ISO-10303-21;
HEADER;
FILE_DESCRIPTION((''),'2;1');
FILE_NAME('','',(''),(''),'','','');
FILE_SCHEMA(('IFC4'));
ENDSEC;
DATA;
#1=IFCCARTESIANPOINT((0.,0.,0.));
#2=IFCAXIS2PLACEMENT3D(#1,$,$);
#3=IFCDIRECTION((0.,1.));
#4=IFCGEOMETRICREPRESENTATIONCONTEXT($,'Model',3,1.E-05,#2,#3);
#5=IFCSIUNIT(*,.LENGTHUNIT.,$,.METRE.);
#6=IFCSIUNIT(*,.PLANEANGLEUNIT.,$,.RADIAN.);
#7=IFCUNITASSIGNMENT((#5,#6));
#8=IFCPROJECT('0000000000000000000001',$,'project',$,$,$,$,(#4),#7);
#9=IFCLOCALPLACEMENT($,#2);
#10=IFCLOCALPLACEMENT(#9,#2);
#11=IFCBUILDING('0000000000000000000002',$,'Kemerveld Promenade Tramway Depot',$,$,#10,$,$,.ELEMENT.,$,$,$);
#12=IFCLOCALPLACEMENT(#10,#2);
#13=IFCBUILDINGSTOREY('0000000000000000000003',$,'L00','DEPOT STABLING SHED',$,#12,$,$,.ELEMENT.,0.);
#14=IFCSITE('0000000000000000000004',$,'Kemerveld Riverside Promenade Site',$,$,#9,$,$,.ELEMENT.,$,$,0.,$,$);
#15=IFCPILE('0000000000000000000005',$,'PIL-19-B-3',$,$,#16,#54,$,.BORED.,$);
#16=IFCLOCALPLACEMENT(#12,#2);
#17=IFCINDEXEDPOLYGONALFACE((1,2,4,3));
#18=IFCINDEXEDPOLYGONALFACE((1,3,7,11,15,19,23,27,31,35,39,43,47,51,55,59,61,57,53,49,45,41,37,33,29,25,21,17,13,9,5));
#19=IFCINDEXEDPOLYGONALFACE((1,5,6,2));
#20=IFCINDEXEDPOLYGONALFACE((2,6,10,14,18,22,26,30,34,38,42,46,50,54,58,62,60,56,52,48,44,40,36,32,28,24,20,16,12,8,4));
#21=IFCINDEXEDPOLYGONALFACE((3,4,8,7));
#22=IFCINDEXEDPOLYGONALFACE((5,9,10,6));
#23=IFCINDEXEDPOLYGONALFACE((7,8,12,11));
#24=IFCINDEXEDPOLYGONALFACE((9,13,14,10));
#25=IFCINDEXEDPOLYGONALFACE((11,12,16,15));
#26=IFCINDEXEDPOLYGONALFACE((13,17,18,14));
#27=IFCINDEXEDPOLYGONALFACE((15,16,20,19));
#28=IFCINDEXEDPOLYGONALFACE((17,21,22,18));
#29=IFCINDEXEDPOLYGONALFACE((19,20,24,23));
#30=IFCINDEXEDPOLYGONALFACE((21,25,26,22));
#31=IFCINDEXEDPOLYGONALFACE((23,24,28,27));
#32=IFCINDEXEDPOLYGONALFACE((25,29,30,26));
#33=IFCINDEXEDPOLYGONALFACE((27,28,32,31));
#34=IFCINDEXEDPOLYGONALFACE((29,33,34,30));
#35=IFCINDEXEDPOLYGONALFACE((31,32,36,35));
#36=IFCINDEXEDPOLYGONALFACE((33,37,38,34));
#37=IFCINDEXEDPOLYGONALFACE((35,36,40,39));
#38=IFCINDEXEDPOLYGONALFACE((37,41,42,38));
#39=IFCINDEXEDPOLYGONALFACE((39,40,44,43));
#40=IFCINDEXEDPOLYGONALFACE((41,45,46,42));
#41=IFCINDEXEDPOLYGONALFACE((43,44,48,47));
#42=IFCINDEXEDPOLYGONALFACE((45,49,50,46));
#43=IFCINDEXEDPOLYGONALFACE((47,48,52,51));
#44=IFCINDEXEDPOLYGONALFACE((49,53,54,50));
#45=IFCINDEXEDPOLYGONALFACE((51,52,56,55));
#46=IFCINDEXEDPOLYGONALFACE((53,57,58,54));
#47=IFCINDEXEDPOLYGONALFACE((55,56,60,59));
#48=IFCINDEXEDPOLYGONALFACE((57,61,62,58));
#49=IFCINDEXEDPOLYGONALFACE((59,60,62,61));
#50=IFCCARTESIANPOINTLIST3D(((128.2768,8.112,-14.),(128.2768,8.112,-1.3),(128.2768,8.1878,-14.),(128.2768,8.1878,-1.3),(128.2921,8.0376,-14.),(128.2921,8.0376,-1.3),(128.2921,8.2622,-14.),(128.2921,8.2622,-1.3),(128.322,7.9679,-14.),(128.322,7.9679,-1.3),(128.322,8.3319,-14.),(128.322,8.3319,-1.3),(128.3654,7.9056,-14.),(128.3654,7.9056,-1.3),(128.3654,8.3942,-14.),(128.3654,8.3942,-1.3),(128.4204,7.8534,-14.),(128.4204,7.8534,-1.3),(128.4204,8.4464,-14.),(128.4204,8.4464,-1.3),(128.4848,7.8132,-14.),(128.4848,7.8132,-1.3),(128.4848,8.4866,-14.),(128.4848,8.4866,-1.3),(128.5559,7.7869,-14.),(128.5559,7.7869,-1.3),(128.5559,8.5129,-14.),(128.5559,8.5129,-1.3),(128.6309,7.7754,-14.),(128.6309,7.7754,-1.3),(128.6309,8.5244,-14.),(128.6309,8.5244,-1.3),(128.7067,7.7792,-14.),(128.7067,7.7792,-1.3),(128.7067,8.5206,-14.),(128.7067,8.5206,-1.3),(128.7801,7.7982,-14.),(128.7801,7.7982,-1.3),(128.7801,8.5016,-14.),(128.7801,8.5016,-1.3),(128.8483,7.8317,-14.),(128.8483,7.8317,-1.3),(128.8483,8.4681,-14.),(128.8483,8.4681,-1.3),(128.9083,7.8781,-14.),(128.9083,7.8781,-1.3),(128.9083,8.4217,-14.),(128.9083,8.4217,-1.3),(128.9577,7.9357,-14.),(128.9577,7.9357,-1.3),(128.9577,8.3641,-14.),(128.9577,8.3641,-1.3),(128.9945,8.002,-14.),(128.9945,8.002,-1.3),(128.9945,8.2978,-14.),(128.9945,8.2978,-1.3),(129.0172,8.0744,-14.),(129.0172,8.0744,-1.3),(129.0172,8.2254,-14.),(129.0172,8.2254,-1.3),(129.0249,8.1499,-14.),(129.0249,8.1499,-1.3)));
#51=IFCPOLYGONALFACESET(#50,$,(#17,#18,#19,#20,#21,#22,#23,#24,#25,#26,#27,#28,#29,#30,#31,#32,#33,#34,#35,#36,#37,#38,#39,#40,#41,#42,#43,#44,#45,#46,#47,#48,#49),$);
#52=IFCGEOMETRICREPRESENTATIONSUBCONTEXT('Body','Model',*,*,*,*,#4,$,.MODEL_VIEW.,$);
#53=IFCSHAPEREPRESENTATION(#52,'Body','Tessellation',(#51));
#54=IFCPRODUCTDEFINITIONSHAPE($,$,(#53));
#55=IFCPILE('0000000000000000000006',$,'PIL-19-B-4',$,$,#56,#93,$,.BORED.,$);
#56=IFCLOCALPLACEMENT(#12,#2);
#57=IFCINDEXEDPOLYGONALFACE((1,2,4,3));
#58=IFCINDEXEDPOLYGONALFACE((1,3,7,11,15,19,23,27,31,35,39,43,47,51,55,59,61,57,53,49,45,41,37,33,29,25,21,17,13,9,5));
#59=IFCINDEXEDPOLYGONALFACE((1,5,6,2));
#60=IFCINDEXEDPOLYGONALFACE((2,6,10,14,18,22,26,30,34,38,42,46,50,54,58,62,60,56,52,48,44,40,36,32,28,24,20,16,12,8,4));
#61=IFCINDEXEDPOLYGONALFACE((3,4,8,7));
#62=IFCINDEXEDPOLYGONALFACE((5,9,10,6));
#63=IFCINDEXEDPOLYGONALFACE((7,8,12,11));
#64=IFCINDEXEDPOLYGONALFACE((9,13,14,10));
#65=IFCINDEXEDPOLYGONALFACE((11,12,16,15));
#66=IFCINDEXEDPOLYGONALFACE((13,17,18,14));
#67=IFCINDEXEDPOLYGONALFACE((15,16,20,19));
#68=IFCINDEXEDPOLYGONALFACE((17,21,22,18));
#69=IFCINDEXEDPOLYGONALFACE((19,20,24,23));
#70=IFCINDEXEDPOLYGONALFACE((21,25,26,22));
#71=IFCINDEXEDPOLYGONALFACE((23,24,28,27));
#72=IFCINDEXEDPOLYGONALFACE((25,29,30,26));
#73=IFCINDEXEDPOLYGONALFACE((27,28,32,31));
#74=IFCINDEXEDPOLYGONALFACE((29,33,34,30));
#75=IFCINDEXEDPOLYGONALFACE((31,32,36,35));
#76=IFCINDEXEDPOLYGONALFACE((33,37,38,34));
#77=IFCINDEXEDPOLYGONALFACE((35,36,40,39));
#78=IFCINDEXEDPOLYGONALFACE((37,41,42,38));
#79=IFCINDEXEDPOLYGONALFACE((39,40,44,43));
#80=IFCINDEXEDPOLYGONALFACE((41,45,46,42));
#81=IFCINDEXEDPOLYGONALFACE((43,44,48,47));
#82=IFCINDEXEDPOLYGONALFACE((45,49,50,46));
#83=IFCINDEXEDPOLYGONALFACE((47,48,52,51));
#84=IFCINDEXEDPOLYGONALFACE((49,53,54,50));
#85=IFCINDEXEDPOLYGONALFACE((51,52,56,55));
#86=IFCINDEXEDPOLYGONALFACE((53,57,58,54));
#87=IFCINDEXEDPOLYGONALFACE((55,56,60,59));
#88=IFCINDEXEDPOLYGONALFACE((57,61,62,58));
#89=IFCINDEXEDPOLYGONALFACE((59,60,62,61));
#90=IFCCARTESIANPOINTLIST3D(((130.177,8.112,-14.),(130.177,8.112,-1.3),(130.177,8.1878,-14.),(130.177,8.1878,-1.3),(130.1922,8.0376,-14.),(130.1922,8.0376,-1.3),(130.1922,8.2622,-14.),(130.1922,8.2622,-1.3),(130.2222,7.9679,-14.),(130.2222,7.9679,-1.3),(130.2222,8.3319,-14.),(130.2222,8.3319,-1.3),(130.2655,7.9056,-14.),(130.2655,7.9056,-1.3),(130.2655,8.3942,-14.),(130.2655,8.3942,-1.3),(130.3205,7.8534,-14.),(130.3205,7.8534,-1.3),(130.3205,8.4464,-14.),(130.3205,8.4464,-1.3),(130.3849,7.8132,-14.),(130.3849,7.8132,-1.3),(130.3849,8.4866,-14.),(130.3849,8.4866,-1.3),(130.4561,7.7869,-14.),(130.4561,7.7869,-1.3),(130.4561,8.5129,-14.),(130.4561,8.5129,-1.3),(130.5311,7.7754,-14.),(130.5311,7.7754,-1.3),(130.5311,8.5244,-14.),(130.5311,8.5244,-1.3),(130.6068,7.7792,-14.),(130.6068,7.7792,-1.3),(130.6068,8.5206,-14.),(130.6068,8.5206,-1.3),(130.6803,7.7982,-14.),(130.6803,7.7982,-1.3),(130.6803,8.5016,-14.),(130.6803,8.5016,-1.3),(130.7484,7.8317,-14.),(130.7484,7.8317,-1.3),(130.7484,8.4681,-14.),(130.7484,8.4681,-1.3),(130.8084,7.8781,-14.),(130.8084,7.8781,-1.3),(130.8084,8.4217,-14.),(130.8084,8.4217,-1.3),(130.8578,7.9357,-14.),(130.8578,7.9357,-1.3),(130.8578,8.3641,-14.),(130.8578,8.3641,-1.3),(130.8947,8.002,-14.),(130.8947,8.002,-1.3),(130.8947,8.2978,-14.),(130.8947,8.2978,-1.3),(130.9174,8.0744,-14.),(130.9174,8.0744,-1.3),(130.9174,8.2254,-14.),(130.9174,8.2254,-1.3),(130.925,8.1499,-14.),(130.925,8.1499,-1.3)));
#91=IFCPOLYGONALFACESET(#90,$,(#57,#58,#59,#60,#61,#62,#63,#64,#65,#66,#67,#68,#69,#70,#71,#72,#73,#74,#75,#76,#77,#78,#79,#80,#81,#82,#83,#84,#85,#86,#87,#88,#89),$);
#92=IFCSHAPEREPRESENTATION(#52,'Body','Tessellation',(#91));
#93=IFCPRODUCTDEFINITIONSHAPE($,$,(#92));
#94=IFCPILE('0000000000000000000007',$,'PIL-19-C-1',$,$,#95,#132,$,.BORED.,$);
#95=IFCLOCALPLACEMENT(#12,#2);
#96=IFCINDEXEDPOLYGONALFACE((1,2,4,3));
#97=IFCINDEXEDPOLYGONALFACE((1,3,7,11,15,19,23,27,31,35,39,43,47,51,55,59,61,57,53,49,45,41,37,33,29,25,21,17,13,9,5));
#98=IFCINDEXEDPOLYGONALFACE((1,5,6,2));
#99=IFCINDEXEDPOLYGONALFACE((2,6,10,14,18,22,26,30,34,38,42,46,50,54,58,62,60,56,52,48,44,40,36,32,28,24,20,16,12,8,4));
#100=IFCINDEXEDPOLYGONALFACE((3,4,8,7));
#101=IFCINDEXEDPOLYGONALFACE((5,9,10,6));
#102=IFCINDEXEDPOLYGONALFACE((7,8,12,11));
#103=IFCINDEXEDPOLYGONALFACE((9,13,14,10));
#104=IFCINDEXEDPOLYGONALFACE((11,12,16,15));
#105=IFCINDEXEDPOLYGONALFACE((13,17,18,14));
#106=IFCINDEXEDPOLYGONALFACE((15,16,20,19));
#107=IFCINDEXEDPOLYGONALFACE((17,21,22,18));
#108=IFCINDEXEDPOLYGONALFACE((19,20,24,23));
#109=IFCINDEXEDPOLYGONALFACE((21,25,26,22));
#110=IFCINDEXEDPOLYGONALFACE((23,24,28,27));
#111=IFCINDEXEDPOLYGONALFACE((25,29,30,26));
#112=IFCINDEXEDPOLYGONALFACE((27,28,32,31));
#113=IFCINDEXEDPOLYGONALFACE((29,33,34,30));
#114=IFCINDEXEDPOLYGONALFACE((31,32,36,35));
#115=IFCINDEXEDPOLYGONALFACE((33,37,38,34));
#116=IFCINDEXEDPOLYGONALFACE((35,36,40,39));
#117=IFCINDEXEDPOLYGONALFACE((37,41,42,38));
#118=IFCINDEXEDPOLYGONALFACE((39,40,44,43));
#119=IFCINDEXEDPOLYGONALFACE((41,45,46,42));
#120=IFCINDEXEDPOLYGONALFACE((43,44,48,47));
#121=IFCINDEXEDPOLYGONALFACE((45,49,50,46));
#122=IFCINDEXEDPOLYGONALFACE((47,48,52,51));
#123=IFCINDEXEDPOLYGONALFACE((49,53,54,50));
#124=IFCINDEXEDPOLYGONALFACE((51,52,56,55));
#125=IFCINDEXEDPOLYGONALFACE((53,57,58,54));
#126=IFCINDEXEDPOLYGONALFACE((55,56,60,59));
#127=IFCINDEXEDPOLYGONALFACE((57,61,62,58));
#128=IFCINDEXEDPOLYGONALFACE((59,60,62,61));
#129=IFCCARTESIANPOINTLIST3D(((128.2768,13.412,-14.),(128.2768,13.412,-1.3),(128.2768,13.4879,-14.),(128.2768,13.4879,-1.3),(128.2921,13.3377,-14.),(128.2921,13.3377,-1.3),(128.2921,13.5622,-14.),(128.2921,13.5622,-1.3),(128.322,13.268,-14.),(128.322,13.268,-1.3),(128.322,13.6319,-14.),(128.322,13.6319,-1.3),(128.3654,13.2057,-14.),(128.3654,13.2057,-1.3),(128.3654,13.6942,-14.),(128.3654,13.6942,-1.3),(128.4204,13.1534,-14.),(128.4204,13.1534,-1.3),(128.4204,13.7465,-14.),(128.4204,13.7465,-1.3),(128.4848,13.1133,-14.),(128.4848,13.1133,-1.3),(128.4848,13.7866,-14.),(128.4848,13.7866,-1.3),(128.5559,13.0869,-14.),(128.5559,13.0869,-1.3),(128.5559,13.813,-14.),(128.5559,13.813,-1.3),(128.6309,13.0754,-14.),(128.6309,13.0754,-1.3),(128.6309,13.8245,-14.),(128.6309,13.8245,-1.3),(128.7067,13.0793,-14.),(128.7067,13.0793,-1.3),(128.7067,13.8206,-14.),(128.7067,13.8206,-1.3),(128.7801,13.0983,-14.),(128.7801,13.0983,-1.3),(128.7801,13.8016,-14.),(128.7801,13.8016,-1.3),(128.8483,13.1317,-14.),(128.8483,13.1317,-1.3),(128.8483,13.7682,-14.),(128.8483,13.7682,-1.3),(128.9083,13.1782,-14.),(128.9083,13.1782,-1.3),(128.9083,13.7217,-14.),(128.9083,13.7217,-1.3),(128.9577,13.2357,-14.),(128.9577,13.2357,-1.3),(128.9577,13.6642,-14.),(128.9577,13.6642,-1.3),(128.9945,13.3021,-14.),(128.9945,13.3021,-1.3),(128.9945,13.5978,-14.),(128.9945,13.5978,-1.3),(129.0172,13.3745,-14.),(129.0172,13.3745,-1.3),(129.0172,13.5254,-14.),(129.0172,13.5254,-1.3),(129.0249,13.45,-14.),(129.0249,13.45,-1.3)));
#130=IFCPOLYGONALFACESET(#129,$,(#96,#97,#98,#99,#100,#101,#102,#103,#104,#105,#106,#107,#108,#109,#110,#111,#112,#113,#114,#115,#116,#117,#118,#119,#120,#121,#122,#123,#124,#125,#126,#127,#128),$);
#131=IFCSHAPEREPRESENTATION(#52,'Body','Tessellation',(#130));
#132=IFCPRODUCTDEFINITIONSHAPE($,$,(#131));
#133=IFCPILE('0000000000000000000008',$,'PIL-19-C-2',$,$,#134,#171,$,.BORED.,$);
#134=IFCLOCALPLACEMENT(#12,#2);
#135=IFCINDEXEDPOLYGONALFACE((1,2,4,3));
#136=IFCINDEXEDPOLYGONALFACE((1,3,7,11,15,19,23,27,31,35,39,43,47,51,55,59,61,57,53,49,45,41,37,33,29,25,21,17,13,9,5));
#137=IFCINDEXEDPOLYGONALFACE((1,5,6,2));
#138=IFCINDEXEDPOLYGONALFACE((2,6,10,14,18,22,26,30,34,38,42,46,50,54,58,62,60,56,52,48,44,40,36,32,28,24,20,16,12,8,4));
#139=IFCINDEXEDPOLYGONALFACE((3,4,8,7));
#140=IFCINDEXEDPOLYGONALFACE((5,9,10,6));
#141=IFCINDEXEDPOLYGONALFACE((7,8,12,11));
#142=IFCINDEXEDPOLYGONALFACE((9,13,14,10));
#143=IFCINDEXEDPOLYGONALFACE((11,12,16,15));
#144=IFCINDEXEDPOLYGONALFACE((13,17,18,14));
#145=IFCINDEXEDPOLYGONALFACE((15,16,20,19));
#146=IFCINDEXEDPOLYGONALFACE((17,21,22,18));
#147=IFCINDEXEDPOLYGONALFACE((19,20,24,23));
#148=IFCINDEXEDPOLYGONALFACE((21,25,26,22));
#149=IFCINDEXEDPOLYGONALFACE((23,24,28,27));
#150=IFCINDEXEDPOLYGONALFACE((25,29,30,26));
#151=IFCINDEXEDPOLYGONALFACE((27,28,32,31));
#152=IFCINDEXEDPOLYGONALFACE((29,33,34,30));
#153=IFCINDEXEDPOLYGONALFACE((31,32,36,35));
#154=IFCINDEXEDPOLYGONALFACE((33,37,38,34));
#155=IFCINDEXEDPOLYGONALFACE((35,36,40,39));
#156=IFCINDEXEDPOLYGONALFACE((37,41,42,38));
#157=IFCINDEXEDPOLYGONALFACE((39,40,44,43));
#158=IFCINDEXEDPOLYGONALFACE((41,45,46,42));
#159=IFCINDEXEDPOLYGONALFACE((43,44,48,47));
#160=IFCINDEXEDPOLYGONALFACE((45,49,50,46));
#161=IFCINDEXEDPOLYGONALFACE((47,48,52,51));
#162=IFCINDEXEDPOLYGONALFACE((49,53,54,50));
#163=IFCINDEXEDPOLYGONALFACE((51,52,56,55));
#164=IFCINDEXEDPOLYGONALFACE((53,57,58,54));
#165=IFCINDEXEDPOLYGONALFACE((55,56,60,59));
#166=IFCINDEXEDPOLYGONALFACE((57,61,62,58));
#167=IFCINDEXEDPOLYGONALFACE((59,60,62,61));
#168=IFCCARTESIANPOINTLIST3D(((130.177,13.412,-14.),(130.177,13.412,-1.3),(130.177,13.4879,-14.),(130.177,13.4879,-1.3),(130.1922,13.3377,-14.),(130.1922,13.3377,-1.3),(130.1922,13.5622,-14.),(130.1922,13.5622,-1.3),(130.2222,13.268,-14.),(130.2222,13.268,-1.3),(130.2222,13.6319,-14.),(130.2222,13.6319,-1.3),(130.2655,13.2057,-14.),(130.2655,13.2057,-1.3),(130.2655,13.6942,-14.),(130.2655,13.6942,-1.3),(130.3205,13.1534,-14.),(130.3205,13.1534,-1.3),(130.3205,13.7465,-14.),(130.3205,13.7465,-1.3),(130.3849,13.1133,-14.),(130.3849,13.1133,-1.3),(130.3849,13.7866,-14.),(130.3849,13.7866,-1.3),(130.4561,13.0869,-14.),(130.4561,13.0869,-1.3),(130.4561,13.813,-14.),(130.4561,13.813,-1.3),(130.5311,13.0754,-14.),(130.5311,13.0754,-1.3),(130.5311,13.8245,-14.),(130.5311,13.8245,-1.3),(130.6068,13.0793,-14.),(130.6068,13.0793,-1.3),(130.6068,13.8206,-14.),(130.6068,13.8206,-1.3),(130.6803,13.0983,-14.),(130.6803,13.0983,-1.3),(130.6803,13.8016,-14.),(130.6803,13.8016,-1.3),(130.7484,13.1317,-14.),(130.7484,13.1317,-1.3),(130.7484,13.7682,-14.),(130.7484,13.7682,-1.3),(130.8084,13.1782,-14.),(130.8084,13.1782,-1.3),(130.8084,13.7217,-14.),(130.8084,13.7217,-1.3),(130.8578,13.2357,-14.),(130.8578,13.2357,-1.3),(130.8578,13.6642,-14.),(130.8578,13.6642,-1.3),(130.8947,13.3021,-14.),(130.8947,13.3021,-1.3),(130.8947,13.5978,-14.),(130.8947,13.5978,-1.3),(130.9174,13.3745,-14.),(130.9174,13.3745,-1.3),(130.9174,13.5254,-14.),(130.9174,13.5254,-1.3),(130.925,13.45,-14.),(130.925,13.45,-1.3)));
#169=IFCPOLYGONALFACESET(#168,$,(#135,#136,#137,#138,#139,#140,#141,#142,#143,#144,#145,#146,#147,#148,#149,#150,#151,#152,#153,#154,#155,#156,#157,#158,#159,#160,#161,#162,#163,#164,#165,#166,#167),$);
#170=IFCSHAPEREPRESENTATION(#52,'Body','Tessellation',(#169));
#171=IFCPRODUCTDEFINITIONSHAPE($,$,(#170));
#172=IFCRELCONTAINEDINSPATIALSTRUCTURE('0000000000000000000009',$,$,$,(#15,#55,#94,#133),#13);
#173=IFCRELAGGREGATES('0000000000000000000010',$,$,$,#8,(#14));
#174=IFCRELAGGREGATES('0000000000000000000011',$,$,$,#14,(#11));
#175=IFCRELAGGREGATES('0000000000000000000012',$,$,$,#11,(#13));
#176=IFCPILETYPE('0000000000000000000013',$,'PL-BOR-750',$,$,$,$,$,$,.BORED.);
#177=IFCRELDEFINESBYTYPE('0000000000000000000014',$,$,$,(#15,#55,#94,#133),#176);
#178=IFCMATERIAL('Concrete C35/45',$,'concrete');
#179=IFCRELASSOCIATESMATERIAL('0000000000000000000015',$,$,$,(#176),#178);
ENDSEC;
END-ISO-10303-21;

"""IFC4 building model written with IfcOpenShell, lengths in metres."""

from ifc_helpers import new_model, si_unit, direction, frame, origin, origin_2d, place, context, subcontext, project, spatial, circle, extrude, material, material_profile, profile_set, type_object, element, save


model = new_model("IFC4")

# Units and contexts
model_context = context("Model", 3, precision=1e-05, world=origin(), true_north=direction((0.0, 1.0)))
body_context = subcontext(model_context, "Body", "Model", "MODEL_VIEW")
ifc_project = project(units=[si_unit("LENGTHUNIT", "METRE"), si_unit("PLANEANGLEUNIT", "RADIAN")], contexts=[model_context])

# Site, building, storey
site_placement = place(None, origin())
site = spatial("IfcSite", under=ifc_project, at=site_placement, Name="Kemerveld Riverside Promenade Site", CompositionType="ELEMENT", RefElevation=0.0)
building_placement = place(site_placement, origin())
building = spatial("IfcBuilding", under=site, at=building_placement, Name="Kemerveld Promenade Tramway Depot", CompositionType="ELEMENT")
storey_placement = place(building_placement, origin())
storey = spatial("IfcBuildingStorey", under=building, at=storey_placement, Name="L00", Description="DEPOT STABLING SHED", CompositionType="ELEMENT", Elevation=0.0)

# Shared definitions
ifc_material_1 = material(Name="Concrete C35/45", Category="concrete")

# Piles
ifc_material_profile_1 = material_profile(ifc_material_1, circle(Radius=0.375, at=origin_2d()), Name="PILE-D750")
ifc_profile_set_1 = profile_set([ifc_material_profile_1], Name="Concrete C35/45")
pile_type = type_object("IfcPileType", Name="PL-BOR-750", PredefinedType="BORED", material=ifc_profile_set_1)
for number, where, z_axis, x_axis, name in (
    (1, (128.6499, 8.1499, -1.3), (0.0, 0.0, -1.0), (1.0, 0.0, 0.0), "PIL-19-B-3"),
    (2, (130.55, 8.1499, -1.3), (0.0, 0.0, -1.0), (1.0, 0.0, 0.0), "PIL-19-B-4"),
    (3, (128.6499, 13.45, -1.3), (0.0, 0.0, -1.0), (1.0, 0.0, 0.0), "PIL-19-C-1"),
    (4, (130.55, 13.45, -1.3), (0.0, 0.0, -1.0), (1.0, 0.0, 0.0), "PIL-19-C-2"),
):
    element("IfcPile", number, at=place(storey_placement, frame(where, z_axis=z_axis, x_axis=x_axis)), inside=storey, type_object=pile_type, Name=name, PredefinedType="BORED", context=body_context, shape_type="SweptSolid", body=[
        extrude(circle(Radius=0.375, at=origin_2d()), origin(), (0.0, 0.0, 1.0), 12.7),
    ])

save(model, "model.ifc")
